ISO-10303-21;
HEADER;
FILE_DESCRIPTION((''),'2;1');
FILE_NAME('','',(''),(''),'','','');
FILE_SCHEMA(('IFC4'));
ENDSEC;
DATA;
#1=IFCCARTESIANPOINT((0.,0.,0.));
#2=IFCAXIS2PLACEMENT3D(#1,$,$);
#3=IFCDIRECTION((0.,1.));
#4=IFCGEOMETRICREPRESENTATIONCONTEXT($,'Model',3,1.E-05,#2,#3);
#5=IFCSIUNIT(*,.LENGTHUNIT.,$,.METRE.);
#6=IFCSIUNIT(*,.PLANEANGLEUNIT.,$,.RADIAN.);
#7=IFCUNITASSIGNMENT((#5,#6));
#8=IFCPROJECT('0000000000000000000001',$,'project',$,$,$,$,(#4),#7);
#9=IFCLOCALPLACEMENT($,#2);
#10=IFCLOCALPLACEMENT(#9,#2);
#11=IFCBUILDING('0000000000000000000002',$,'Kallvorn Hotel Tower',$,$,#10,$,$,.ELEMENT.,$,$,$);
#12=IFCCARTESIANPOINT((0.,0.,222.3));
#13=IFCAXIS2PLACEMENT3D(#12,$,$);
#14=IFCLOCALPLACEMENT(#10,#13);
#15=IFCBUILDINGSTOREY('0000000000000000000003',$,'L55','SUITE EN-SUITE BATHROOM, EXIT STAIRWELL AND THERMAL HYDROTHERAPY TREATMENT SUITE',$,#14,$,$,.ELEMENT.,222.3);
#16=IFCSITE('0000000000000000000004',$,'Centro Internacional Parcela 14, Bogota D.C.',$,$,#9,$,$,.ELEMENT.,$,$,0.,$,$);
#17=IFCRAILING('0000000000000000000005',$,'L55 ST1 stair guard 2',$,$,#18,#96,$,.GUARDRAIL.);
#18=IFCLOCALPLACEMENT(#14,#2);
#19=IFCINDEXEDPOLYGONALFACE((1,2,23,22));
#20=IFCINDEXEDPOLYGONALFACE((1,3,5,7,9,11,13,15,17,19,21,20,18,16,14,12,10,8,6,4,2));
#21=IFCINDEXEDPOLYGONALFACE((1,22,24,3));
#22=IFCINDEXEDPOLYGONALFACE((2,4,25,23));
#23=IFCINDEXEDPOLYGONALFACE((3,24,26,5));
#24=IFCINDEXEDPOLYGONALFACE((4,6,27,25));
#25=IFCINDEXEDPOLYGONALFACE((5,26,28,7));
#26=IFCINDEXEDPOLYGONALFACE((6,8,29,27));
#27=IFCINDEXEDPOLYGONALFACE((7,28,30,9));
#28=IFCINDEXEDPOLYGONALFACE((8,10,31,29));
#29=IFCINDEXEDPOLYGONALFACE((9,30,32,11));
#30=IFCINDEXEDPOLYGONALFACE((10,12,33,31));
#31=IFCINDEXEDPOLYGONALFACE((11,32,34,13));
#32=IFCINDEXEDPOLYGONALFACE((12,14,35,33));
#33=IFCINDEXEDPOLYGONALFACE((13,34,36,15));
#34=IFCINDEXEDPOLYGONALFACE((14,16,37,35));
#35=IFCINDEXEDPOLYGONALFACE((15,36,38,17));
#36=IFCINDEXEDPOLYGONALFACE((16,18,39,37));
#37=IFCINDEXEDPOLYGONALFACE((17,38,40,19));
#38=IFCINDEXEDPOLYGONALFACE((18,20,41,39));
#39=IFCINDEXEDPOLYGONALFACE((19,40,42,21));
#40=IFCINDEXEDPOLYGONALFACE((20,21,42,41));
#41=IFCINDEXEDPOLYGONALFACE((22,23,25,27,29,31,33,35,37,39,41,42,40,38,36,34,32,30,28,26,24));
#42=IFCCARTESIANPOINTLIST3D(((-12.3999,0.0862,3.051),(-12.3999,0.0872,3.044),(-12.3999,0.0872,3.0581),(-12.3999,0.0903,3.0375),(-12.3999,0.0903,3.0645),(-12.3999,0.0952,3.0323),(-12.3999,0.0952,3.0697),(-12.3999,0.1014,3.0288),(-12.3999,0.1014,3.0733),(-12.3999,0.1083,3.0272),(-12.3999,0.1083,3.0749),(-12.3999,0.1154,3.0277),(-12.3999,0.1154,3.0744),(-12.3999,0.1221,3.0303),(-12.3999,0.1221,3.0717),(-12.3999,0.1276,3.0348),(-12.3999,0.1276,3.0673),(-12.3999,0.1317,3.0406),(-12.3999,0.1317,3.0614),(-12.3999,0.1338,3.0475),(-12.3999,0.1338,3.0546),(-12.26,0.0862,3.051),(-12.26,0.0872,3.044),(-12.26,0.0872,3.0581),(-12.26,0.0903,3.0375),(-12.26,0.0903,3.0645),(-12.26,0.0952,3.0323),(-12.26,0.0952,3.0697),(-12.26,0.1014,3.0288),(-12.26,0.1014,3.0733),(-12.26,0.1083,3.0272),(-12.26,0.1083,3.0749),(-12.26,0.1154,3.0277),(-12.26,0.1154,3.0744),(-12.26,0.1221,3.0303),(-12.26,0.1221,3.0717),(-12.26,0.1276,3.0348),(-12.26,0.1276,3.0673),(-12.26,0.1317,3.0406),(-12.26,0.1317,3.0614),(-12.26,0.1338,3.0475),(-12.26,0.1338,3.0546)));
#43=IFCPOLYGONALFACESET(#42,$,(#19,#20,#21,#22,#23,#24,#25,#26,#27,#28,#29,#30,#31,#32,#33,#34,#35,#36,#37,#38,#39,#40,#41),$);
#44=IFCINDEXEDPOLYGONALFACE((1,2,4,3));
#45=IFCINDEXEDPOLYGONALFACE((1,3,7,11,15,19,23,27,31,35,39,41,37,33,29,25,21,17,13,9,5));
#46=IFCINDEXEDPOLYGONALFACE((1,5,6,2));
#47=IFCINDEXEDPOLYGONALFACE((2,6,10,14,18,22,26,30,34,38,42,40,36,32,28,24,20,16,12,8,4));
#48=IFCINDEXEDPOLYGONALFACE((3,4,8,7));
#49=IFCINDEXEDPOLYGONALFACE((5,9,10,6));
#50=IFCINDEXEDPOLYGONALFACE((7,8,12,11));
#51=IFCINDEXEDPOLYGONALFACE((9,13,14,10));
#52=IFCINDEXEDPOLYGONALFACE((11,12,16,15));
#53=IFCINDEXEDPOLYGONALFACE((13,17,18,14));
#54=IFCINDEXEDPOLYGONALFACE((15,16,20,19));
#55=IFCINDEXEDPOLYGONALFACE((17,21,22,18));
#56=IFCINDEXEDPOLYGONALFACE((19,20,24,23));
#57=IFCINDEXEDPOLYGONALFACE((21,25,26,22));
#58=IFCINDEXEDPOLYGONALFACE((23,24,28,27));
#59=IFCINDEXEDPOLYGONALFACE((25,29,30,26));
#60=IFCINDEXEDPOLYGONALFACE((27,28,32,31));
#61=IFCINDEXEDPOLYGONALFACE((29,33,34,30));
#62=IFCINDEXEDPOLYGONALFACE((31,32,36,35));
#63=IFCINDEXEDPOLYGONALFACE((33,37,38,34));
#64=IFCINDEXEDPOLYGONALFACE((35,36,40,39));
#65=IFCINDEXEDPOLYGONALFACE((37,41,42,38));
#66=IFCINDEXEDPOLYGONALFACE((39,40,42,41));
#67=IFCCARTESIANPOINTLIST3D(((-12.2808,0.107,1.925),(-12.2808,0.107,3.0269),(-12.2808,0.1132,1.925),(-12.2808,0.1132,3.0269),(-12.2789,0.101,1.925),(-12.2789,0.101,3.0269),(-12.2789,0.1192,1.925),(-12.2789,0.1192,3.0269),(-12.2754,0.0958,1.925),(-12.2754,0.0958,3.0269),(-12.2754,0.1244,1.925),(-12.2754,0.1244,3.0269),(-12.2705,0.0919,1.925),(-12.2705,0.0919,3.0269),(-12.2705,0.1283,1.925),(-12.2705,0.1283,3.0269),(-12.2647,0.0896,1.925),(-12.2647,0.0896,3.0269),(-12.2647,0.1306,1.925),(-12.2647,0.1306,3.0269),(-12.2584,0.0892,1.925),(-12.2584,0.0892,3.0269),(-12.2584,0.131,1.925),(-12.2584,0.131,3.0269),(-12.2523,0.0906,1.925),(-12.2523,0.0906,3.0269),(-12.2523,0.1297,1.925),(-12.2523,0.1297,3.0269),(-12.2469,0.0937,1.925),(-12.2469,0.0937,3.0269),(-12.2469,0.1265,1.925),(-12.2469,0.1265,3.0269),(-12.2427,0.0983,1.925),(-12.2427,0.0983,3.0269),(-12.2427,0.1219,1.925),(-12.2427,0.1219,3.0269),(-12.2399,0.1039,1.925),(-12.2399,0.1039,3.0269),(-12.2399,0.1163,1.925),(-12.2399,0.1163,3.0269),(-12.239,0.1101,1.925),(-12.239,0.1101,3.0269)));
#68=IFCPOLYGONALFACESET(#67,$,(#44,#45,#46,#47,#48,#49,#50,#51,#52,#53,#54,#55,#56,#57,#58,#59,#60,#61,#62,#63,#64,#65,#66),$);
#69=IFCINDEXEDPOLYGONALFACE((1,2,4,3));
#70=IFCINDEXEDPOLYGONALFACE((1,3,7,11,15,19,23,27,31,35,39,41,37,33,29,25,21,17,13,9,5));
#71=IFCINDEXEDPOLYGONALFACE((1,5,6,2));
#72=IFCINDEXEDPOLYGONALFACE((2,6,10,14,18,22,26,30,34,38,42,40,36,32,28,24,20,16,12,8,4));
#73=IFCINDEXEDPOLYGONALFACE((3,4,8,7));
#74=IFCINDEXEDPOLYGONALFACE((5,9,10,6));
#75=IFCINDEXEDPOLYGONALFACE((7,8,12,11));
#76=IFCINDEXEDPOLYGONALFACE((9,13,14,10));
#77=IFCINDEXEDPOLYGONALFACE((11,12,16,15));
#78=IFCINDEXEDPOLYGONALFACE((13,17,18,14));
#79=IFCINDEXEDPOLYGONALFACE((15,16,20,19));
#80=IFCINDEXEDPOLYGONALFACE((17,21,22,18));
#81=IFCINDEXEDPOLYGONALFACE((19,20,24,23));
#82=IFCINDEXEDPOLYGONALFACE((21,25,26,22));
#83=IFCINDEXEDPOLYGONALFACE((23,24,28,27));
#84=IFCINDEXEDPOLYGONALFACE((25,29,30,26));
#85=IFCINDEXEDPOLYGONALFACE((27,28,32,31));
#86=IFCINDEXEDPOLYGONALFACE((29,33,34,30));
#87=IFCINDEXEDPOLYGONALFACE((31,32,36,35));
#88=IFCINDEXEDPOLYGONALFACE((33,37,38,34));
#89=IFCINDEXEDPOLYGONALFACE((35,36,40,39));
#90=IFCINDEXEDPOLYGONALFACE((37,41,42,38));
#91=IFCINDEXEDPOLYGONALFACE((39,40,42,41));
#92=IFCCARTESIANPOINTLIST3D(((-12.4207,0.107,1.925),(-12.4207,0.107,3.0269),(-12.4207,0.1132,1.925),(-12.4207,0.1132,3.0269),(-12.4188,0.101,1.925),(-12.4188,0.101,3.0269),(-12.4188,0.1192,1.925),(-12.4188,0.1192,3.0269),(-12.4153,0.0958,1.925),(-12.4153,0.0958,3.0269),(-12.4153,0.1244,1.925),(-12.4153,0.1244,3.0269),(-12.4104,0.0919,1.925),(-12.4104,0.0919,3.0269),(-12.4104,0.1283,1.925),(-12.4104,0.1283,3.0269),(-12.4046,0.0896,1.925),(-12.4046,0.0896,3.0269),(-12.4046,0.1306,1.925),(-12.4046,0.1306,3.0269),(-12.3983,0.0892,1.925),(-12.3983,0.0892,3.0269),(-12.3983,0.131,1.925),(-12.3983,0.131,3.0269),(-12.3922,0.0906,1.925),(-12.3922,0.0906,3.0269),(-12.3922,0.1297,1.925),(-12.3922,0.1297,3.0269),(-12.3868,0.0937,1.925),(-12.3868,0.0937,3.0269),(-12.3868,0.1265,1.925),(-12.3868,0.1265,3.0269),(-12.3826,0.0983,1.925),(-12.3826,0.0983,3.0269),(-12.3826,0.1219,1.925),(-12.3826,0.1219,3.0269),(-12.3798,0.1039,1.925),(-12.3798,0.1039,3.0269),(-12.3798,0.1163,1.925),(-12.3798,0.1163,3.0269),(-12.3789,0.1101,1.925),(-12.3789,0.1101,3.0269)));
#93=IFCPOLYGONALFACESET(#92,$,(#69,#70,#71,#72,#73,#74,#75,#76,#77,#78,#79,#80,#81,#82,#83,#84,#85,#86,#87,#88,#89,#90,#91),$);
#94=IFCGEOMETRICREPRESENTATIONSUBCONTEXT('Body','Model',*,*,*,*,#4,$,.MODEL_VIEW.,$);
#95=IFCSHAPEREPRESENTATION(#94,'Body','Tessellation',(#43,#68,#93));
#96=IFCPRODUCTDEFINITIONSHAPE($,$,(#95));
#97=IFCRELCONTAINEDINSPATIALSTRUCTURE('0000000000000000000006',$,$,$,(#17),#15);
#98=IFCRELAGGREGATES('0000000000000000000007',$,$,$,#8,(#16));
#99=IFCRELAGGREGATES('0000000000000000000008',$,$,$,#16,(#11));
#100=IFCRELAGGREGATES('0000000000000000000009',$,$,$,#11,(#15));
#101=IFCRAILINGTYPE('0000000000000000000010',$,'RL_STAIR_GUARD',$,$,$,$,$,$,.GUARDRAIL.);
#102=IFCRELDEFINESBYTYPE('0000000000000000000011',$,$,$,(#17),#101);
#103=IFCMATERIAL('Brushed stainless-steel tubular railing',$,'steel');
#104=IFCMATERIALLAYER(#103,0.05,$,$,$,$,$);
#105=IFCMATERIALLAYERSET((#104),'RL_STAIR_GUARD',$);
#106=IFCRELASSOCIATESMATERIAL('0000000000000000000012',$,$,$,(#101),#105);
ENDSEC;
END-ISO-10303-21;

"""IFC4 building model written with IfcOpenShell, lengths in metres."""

from ifc_helpers import new_model, si_unit, direction, frame, origin, origin_2d, place, context, subcontext, project, spatial, circle, extrude, material, layer, layer_set, type_object, element, save


model = new_model("IFC4")

# Units and contexts
model_context = context("Model", 3, precision=1e-05, world=origin(), true_north=direction((0.0, 1.0)))
body_context = subcontext(model_context, "Body", "Model", "MODEL_VIEW")
ifc_project = project(units=[si_unit("LENGTHUNIT", "METRE"), si_unit("PLANEANGLEUNIT", "RADIAN")], contexts=[model_context])

# Site, building, storey
site_placement = place(None, origin())
site = spatial("IfcSite", under=ifc_project, at=site_placement, Name="Centro Internacional Parcela 14, Bogota D.C.", CompositionType="ELEMENT", RefElevation=0.0)
building_placement = place(site_placement, origin())
building = spatial("IfcBuilding", under=site, at=building_placement, Name="Kallvorn Hotel Tower", CompositionType="ELEMENT")
storey_placement = place(building_placement, frame((0.0, 0.0, 222.3)))
storey = spatial("IfcBuildingStorey", under=building, at=storey_placement, Name="L55", Description="SUITE EN-SUITE BATHROOM, EXIT STAIRWELL AND THERMAL HYDROTHERAPY TREATMENT SUITE", CompositionType="ELEMENT", Elevation=222.3)

# Railing
ifc_material_1 = material(Name="Brushed stainless-steel tubular railing", Category="steel")
ifc_layer_1 = layer(ifc_material_1, 0.05)
ifc_layer_set_1 = layer_set([ifc_layer_1], Name="RL_STAIR_GUARD")
railing_type_1 = type_object("IfcRailingType", Name="RL_STAIR_GUARD", PredefinedType="GUARDRAIL", material=ifc_layer_set_1)
railing_1_placement = place(storey_placement, frame((-12.26, 0.1101, 1.925)))
element("IfcRailing", 1, at=railing_1_placement, inside=storey, type_object=railing_type_1, Name="L55 ST1 stair guard 2", PredefinedType="GUARDRAIL", context=body_context, shape_type="SweptSolid", body=[
    extrude(circle(Radius=0.0239, at=origin_2d()), frame((0.0, 0.0, 1.126), z_axis=(-1.0, 0.0, 0.0), x_axis=(0.0, -1.0, 0.0)), (0.0, 0.0, 1.0), 0.1399),
    extrude(circle(Radius=0.021, at=origin_2d()), origin(), (0.0, 0.0, 1.0), 1.1018),
    extrude(circle(Radius=0.021, at=origin_2d()), frame((-0.1399, 0.0, 0.0)), (0.0, 0.0, 1.0), 1.1018),
])

save(model, "model.ifc")
